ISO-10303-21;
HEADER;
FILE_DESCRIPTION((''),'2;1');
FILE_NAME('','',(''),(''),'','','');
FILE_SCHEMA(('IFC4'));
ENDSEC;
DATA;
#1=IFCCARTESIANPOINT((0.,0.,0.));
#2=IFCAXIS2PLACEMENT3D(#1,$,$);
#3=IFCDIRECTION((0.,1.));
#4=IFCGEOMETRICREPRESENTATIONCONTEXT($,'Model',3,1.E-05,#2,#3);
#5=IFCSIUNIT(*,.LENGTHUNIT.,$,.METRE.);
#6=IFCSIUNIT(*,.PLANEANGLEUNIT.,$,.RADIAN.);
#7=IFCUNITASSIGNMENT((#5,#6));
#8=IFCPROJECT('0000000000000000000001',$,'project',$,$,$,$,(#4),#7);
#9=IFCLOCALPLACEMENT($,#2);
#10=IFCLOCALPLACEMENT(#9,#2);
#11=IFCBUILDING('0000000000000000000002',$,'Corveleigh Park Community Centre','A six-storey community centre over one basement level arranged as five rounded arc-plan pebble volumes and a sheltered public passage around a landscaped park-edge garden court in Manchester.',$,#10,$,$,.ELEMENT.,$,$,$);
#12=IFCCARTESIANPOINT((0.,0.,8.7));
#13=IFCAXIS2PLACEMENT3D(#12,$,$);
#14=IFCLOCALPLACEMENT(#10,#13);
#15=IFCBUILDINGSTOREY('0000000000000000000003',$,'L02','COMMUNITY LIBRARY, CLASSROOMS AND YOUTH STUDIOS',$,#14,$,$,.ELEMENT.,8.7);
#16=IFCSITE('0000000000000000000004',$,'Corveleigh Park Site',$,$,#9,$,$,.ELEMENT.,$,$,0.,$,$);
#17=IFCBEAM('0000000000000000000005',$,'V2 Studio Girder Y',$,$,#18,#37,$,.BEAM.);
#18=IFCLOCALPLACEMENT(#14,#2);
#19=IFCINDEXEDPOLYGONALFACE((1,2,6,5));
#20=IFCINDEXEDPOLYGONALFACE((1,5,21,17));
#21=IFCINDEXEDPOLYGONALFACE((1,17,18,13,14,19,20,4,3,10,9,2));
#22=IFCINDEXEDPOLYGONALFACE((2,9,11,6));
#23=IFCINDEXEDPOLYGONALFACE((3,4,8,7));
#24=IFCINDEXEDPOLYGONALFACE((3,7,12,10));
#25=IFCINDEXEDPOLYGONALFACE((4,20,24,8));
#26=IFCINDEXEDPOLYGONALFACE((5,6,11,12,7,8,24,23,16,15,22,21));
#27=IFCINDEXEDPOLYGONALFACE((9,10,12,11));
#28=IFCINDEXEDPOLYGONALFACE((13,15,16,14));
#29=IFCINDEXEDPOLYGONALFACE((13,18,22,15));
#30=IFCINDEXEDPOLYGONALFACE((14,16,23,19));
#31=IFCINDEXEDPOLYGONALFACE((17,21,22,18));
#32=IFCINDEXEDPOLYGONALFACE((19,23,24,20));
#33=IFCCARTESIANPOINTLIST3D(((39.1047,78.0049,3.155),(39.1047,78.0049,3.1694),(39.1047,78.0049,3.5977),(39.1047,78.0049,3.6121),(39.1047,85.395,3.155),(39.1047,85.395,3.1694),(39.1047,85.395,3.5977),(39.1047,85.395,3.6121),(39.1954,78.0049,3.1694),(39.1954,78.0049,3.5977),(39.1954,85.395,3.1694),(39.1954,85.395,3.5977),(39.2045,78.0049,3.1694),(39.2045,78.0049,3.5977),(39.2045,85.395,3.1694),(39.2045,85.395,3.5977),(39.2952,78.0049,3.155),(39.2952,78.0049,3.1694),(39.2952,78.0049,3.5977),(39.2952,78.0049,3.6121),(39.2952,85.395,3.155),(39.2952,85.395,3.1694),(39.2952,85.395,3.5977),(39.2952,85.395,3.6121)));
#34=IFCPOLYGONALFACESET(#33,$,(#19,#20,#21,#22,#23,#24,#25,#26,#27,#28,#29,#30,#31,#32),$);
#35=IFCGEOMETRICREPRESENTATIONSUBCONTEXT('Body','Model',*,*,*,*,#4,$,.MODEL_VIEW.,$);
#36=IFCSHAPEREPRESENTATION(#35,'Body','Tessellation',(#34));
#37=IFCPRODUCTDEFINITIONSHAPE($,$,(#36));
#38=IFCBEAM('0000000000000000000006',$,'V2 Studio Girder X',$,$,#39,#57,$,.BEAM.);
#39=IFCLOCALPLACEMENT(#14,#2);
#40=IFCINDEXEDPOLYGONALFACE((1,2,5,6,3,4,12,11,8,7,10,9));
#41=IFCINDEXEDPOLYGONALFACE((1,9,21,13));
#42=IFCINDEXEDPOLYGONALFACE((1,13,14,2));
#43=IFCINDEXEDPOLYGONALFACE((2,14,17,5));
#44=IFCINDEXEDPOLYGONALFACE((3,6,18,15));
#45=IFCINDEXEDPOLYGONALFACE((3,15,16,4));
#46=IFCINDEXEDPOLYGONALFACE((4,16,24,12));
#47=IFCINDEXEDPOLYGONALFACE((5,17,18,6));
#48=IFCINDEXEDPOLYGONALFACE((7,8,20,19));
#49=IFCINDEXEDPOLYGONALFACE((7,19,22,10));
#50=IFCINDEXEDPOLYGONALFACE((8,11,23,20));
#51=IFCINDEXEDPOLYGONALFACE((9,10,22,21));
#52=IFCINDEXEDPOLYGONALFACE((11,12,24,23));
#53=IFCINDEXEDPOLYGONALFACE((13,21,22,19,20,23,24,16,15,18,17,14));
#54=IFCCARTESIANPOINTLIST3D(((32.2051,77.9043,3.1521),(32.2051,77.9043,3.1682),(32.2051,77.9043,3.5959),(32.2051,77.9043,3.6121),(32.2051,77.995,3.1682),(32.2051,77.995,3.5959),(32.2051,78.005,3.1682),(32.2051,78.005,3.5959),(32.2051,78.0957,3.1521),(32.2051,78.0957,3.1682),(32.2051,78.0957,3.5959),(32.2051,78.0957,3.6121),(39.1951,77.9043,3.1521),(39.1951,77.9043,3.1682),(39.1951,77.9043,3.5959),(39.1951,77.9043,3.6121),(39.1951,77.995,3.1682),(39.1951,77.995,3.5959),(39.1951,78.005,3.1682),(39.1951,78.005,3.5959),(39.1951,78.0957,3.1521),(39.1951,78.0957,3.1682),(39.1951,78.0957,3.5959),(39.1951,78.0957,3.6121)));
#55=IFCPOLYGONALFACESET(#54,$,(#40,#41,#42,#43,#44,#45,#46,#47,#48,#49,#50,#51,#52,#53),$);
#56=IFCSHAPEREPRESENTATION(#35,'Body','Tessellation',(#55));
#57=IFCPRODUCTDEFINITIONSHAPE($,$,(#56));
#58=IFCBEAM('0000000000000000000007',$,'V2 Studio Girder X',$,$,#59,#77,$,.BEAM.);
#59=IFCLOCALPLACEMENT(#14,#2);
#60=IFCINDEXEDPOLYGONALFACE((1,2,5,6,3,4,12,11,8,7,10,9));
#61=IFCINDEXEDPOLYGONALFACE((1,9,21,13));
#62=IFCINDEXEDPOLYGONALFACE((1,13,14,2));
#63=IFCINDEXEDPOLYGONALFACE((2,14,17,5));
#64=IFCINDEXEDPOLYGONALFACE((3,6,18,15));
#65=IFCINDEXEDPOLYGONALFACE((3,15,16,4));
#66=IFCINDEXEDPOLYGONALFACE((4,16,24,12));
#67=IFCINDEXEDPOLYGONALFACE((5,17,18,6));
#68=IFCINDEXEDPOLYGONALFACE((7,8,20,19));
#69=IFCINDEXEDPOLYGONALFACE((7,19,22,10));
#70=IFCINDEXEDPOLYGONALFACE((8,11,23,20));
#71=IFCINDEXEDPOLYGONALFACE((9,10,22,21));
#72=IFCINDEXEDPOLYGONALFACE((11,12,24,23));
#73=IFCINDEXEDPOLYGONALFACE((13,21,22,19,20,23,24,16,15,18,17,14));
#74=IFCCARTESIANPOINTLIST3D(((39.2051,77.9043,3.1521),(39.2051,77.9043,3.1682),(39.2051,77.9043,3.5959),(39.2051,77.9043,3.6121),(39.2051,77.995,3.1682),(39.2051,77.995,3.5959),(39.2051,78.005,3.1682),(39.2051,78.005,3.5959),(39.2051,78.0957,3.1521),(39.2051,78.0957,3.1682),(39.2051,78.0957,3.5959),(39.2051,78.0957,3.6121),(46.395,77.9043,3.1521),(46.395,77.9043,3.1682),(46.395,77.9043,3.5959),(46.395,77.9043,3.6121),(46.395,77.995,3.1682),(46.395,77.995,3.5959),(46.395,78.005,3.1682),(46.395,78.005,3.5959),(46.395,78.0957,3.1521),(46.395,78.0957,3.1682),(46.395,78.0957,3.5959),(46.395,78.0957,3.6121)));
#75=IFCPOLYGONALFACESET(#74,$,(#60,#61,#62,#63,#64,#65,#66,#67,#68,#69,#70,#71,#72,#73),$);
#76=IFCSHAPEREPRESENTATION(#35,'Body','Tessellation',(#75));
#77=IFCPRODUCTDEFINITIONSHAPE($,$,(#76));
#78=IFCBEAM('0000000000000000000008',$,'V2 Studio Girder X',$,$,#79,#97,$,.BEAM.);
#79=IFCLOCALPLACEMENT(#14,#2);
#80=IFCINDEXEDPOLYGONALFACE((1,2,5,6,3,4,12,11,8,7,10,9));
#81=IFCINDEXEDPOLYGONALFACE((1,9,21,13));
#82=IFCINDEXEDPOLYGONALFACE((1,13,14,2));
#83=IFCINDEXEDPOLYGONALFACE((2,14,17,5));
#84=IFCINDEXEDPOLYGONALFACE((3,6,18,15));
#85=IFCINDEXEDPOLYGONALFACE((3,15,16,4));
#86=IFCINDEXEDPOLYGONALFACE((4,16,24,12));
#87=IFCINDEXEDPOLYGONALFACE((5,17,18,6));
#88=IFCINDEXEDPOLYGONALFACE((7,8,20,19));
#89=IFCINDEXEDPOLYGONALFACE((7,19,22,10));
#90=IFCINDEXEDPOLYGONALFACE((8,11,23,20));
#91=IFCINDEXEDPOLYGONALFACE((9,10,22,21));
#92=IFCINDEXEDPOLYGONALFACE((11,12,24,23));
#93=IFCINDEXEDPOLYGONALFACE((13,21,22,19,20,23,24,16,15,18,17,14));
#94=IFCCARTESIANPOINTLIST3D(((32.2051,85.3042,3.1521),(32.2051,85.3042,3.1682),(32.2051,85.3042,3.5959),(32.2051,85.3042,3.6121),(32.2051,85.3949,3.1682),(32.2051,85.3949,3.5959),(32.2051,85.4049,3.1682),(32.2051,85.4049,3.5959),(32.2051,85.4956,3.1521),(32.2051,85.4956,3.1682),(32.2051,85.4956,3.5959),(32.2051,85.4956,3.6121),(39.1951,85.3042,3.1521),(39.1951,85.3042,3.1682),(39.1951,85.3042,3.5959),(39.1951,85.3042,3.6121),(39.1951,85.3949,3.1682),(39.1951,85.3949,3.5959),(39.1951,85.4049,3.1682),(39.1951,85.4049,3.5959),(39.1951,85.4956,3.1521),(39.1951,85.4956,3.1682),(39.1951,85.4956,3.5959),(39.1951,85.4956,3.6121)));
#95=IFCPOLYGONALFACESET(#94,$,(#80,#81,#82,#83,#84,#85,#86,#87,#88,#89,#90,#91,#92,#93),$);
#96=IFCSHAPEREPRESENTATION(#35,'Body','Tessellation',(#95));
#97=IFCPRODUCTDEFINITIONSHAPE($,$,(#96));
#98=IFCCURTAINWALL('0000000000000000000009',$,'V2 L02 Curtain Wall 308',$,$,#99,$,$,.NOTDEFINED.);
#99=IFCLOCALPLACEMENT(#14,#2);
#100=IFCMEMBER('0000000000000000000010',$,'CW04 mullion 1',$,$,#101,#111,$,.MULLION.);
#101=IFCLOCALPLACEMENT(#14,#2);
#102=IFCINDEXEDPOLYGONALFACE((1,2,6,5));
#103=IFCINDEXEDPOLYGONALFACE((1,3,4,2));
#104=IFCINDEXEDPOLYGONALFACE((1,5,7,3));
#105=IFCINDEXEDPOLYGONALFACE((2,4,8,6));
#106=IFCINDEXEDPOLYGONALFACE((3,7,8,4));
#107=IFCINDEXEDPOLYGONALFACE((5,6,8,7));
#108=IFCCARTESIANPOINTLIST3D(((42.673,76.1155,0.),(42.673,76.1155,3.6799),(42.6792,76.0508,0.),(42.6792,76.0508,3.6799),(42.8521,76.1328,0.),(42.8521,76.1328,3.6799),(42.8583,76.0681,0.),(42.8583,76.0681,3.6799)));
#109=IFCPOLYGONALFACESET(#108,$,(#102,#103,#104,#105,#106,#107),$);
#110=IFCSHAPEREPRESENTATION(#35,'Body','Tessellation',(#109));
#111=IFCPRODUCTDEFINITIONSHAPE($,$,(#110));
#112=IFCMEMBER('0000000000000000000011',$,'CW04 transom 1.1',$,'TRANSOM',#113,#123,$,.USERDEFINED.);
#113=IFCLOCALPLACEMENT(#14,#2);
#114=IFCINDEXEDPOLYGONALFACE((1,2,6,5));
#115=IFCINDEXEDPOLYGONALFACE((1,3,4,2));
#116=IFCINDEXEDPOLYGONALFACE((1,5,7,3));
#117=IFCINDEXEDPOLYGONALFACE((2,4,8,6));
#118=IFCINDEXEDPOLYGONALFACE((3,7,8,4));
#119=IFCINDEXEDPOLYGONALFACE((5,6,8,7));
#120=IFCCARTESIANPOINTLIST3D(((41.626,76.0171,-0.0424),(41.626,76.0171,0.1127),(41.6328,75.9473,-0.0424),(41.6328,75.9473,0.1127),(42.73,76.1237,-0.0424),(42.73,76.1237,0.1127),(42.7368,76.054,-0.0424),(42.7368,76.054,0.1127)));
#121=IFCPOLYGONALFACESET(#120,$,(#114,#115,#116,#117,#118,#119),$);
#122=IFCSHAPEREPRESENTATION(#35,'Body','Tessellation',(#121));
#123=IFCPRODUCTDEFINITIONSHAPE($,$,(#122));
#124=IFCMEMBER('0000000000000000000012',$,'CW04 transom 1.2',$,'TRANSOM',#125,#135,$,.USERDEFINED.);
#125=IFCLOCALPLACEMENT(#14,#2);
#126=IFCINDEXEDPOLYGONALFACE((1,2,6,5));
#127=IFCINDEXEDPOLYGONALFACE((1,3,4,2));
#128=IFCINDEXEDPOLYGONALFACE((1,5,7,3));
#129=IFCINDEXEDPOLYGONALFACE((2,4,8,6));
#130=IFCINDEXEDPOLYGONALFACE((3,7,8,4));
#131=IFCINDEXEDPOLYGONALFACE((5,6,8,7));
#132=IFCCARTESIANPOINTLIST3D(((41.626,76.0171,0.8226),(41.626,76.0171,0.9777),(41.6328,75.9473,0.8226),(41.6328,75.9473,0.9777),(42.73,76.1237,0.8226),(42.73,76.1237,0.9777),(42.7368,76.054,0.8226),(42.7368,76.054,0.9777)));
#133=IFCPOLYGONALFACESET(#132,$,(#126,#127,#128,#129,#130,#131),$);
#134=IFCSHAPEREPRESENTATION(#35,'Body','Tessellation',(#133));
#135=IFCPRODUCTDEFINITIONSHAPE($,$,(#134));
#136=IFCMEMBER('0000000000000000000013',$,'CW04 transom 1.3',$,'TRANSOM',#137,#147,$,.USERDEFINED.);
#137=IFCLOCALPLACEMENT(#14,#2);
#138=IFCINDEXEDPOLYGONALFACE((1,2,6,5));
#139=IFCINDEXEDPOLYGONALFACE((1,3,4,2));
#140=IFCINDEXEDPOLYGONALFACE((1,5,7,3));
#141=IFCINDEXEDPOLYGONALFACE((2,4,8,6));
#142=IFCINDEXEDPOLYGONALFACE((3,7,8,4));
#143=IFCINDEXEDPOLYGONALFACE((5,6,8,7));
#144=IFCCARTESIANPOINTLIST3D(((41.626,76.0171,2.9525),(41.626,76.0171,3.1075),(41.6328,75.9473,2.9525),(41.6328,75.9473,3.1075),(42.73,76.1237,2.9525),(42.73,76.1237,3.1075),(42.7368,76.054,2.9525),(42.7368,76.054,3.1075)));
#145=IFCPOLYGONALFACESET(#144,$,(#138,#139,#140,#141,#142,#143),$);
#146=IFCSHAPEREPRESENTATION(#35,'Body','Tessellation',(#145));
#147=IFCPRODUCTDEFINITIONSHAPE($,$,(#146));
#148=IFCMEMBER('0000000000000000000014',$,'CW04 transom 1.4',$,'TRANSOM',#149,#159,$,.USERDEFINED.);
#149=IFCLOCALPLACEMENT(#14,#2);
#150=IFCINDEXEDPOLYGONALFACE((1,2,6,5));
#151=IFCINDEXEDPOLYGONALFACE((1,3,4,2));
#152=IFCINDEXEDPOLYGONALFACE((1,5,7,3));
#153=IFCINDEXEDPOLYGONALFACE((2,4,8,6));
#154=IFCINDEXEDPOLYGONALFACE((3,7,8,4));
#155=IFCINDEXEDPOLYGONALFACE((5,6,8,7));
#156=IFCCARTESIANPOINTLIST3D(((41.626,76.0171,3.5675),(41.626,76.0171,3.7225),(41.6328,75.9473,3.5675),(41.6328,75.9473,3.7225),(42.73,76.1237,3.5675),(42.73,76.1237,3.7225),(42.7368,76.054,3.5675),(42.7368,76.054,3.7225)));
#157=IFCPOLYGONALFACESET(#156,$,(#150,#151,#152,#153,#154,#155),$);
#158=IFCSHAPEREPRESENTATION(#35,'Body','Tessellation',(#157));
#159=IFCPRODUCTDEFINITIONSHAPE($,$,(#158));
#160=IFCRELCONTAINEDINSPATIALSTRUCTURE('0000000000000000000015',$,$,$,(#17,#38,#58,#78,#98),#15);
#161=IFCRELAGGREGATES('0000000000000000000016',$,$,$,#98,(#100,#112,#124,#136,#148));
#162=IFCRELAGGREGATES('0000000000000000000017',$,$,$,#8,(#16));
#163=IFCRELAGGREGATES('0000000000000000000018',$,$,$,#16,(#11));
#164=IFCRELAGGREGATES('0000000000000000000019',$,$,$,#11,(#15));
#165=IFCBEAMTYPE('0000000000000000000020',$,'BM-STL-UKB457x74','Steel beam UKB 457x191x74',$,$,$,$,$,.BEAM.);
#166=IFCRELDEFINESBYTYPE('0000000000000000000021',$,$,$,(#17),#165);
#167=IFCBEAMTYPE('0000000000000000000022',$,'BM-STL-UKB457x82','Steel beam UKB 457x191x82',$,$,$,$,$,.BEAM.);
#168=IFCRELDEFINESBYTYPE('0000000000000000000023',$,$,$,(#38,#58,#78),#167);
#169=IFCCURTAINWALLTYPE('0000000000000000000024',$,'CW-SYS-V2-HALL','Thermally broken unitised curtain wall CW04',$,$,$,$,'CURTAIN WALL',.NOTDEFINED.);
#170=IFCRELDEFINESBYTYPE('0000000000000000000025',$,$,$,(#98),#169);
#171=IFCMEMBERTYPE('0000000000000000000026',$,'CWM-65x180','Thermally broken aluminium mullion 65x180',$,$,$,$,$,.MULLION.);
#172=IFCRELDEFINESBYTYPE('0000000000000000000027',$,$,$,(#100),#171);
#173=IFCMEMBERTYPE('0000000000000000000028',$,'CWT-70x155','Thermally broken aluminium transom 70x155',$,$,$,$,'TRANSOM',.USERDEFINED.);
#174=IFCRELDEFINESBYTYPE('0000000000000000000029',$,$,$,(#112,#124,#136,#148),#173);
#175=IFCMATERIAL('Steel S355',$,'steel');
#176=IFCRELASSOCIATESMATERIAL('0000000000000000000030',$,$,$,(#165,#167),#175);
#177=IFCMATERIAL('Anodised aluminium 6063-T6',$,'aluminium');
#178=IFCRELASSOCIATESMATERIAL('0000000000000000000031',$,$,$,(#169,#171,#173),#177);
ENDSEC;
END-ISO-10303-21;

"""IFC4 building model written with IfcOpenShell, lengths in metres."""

from ifc_helpers import new_model, si_unit, direction, frame, origin, origin_2d, place, context, subcontext, project, spatial, rectangle, i_section, extrude, material, material_profile, profile_set, type_object, element, aggregate, save


model = new_model("IFC4")

# Units and contexts
model_context = context("Model", 3, precision=1e-05, world=origin(), true_north=direction((0.0, 1.0)))
body_context = subcontext(model_context, "Body", "Model", "MODEL_VIEW")
ifc_project = project(units=[si_unit("LENGTHUNIT", "METRE"), si_unit("PLANEANGLEUNIT", "RADIAN")], contexts=[model_context])

# Site, building, storey
site_placement = place(None, origin())
site = spatial("IfcSite", under=ifc_project, at=site_placement, Name="Corveleigh Park Site", CompositionType="ELEMENT", RefElevation=0.0)
building_placement = place(site_placement, origin())
building = spatial("IfcBuilding", under=site, at=building_placement, Name="Corveleigh Park Community Centre", Description="A six-storey community centre over one basement level arranged as five rounded arc-plan pebble volumes and a sheltered public passage around a landscaped park-edge garden court in Manchester.", CompositionType="ELEMENT")
storey_placement = place(building_placement, frame((0.0, 0.0, 8.7)))
storey = spatial("IfcBuildingStorey", under=building, at=storey_placement, Name="L02", Description="COMMUNITY LIBRARY, CLASSROOMS AND YOUTH STUDIOS", CompositionType="ELEMENT", Elevation=8.7)

# Shared definitions
ifc_material_1 = material(Name="Steel S355", Category="steel")

# Beams
ifc_material_profile_1 = material_profile(ifc_material_1, i_section(OverallWidth=0.1904, OverallDepth=0.457, WebThickness=0.009, FlangeThickness=0.0144, at=origin_2d()), Name="UKB 457x191x74", Category="steel")
ifc_profile_set_1 = profile_set([ifc_material_profile_1], Name="Steel S355")
beam_type_1 = type_object("IfcBeamType", Name="BM-STL-UKB457x74", Description="Steel beam UKB 457x191x74", PredefinedType="BEAM", material=ifc_profile_set_1)
for number, where, z_axis, x_axis, name in (
    (1, (39.2, 78.0049, 3.3835), (0.0, 1.0, 0.0), (-1.0, 0.0, 0.0), "V2 Studio Girder Y"),
):
    element("IfcBeam", number, at=place(storey_placement, frame(where, z_axis=z_axis, x_axis=x_axis)), inside=storey, type_object=beam_type_1, Name=name, PredefinedType="BEAM", context=body_context, shape_type="SweptSolid", body=[
        extrude(i_section(OverallWidth=0.1904, OverallDepth=0.457, WebThickness=0.009, FlangeThickness=0.0144, at=origin_2d()), origin(), (0.0, 0.0, 1.0), 7.3901),
    ])
ifc_material_profile_2 = material_profile(ifc_material_1, i_section(OverallWidth=0.1914, OverallDepth=0.46, WebThickness=0.01, FlangeThickness=0.0161, at=origin_2d()), Name="UKB 457x191x82", Category="steel")
ifc_profile_set_2 = profile_set([ifc_material_profile_2], Name="Steel S355")
beam_type_2 = type_object("IfcBeamType", Name="BM-STL-UKB457x82", Description="Steel beam UKB 457x191x82", PredefinedType="BEAM", material=ifc_profile_set_2)
beam_1_placement = place(storey_placement, frame((32.2051, 78.0, 3.3821), z_axis=(1.0, 0.0, 0.0), x_axis=(0.0, 1.0, 0.0)))
element("IfcBeam", 2, at=beam_1_placement, inside=storey, type_object=beam_type_2, Name="V2 Studio Girder X", PredefinedType="BEAM", context=body_context, shape_type="SweptSolid", body=[
    extrude(i_section(OverallWidth=0.1914, OverallDepth=0.46, WebThickness=0.01, FlangeThickness=0.0161, at=origin_2d()), origin(), (0.0, 0.0, 1.0), 6.99),
])
beam_2_placement = place(storey_placement, frame((39.2051, 78.0, 3.3821), z_axis=(1.0, 0.0, 0.0), x_axis=(0.0, 1.0, 0.0)))
element("IfcBeam", 3, at=beam_2_placement, inside=storey, type_object=beam_type_2, Name="V2 Studio Girder X", PredefinedType="BEAM", context=body_context, shape_type="SweptSolid", body=[
    extrude(i_section(OverallWidth=0.1914, OverallDepth=0.46, WebThickness=0.01, FlangeThickness=0.0161, at=origin_2d()), origin(), (0.0, 0.0, 1.0), 7.1899),
])
beam_3_placement = place(storey_placement, frame((32.2051, 85.3999, 3.3821), z_axis=(1.0, 0.0, 0.0), x_axis=(0.0, 1.0, 0.0)))
element("IfcBeam", 4, at=beam_3_placement, inside=storey, type_object=beam_type_2, Name="V2 Studio Girder X", PredefinedType="BEAM", context=body_context, shape_type="SweptSolid", body=[
    extrude(i_section(OverallWidth=0.1914, OverallDepth=0.46, WebThickness=0.01, FlangeThickness=0.0161, at=origin_2d()), origin(), (0.0, 0.0, 1.0), 6.99),
])

# Curtain wall, members
ifc_material_2 = material(Name="Anodised aluminium 6063-T6", Category="aluminium")
curtain_wall_type = type_object("IfcCurtainWallType", Name="CW-SYS-V2-HALL", Description="Thermally broken unitised curtain wall CW04", ElementType="CURTAIN WALL", PredefinedType="NOTDEFINED", material=ifc_material_2)
curtain_wall_placement = place(storey_placement, origin())
curtain_wall = element("IfcCurtainWall", 5, at=curtain_wall_placement, inside=storey, type_object=curtain_wall_type, Name="V2 L02 Curtain Wall 308", PredefinedType="NOTDEFINED")
ifc_material_profile_3 = material_profile(ifc_material_2, rectangle(XDim=0.0649, YDim=0.1799, at=origin_2d()), Name="ALU-M65x180", Category="aluminium")
ifc_profile_set_3 = profile_set([ifc_material_profile_3], Name="Anodised aluminium 6063-T6")
member_type_1 = type_object("IfcMemberType", Name="CWM-65x180", Description="Thermally broken aluminium mullion 65x180", PredefinedType="MULLION", material=ifc_profile_set_3)
member_1_placement = place(storey_placement, frame((42.7656, 76.0918, 0.0), z_axis=(0.0, 0.0, 1.0), x_axis=(0.096139, -0.995368, 0.0)))
member_1 = element("IfcMember", 6, at=member_1_placement, type_object=member_type_1, Name="CW04 mullion 1", PredefinedType="MULLION", context=body_context, shape_type="SweptSolid", body=[
    extrude(rectangle(XDim=0.0649, YDim=0.1799, at=origin_2d()), origin(), (0.0, 0.0, 1.0), 3.6799),
])
ifc_material_profile_4 = material_profile(ifc_material_2, rectangle(XDim=0.0701, YDim=0.155, at=origin_2d()), Name="ALU-T70x155", Category="aluminium")
ifc_profile_set_4 = profile_set([ifc_material_profile_4], Name="Anodised aluminium 6063-T6")
member_type_2 = type_object("IfcMemberType", Name="CWT-70x155", Description="Thermally broken aluminium transom 70x155", ElementType="TRANSOM", PredefinedType="USERDEFINED", material=ifc_profile_set_4)
member_2_placement = place(storey_placement, frame((42.7334, 76.0889, 0.0352), z_axis=(-0.995363, -0.096191, 0.0), x_axis=(0.096191, -0.995363, 0.0)))
member_2 = element("IfcMember", 7, at=member_2_placement, type_object=member_type_2, Name="CW04 transom 1.1", ObjectType="TRANSOM", PredefinedType="USERDEFINED", context=body_context, shape_type="SweptSolid", body=[
    extrude(rectangle(XDim=0.0701, YDim=0.155, at=origin_2d()), origin(), (0.0, 0.0, 1.0), 1.1091),
])
member_3_placement = place(storey_placement, frame((42.7334, 76.0889, 0.9001), z_axis=(-0.995363, -0.096191, 0.0), x_axis=(0.096191, -0.995363, 0.0)))
member_3 = element("IfcMember", 8, at=member_3_placement, type_object=member_type_2, Name="CW04 transom 1.2", ObjectType="TRANSOM", PredefinedType="USERDEFINED", context=body_context, shape_type="SweptSolid", body=[
    extrude(rectangle(XDim=0.0701, YDim=0.155, at=origin_2d()), origin(), (0.0, 0.0, 1.0), 1.1091),
])
member_4_placement = place(storey_placement, frame((42.7334, 76.0889, 3.03), z_axis=(-0.995363, -0.096191, 0.0), x_axis=(0.096191, -0.995363, 0.0)))
member_4 = element("IfcMember", 9, at=member_4_placement, type_object=member_type_2, Name="CW04 transom 1.3", ObjectType="TRANSOM", PredefinedType="USERDEFINED", context=body_context, shape_type="SweptSolid", body=[
    extrude(rectangle(XDim=0.0701, YDim=0.155, at=origin_2d()), origin(), (0.0, 0.0, 1.0), 1.1091),
])
member_5_placement = place(storey_placement, frame((42.7334, 76.0889, 3.645), z_axis=(-0.995363, -0.096191, 0.0), x_axis=(0.096191, -0.995363, 0.0)))
member_5 = element("IfcMember", 10, at=member_5_placement, type_object=member_type_2, Name="CW04 transom 1.4", ObjectType="TRANSOM", PredefinedType="USERDEFINED", context=body_context, shape_type="SweptSolid", body=[
    extrude(rectangle(XDim=0.0701, YDim=0.155, at=origin_2d()), origin(), (0.0, 0.0, 1.0), 1.1091),
])

aggregate(curtain_wall, [member_1, member_2, member_3, member_4, member_5])

save(model, "model.ifc")
